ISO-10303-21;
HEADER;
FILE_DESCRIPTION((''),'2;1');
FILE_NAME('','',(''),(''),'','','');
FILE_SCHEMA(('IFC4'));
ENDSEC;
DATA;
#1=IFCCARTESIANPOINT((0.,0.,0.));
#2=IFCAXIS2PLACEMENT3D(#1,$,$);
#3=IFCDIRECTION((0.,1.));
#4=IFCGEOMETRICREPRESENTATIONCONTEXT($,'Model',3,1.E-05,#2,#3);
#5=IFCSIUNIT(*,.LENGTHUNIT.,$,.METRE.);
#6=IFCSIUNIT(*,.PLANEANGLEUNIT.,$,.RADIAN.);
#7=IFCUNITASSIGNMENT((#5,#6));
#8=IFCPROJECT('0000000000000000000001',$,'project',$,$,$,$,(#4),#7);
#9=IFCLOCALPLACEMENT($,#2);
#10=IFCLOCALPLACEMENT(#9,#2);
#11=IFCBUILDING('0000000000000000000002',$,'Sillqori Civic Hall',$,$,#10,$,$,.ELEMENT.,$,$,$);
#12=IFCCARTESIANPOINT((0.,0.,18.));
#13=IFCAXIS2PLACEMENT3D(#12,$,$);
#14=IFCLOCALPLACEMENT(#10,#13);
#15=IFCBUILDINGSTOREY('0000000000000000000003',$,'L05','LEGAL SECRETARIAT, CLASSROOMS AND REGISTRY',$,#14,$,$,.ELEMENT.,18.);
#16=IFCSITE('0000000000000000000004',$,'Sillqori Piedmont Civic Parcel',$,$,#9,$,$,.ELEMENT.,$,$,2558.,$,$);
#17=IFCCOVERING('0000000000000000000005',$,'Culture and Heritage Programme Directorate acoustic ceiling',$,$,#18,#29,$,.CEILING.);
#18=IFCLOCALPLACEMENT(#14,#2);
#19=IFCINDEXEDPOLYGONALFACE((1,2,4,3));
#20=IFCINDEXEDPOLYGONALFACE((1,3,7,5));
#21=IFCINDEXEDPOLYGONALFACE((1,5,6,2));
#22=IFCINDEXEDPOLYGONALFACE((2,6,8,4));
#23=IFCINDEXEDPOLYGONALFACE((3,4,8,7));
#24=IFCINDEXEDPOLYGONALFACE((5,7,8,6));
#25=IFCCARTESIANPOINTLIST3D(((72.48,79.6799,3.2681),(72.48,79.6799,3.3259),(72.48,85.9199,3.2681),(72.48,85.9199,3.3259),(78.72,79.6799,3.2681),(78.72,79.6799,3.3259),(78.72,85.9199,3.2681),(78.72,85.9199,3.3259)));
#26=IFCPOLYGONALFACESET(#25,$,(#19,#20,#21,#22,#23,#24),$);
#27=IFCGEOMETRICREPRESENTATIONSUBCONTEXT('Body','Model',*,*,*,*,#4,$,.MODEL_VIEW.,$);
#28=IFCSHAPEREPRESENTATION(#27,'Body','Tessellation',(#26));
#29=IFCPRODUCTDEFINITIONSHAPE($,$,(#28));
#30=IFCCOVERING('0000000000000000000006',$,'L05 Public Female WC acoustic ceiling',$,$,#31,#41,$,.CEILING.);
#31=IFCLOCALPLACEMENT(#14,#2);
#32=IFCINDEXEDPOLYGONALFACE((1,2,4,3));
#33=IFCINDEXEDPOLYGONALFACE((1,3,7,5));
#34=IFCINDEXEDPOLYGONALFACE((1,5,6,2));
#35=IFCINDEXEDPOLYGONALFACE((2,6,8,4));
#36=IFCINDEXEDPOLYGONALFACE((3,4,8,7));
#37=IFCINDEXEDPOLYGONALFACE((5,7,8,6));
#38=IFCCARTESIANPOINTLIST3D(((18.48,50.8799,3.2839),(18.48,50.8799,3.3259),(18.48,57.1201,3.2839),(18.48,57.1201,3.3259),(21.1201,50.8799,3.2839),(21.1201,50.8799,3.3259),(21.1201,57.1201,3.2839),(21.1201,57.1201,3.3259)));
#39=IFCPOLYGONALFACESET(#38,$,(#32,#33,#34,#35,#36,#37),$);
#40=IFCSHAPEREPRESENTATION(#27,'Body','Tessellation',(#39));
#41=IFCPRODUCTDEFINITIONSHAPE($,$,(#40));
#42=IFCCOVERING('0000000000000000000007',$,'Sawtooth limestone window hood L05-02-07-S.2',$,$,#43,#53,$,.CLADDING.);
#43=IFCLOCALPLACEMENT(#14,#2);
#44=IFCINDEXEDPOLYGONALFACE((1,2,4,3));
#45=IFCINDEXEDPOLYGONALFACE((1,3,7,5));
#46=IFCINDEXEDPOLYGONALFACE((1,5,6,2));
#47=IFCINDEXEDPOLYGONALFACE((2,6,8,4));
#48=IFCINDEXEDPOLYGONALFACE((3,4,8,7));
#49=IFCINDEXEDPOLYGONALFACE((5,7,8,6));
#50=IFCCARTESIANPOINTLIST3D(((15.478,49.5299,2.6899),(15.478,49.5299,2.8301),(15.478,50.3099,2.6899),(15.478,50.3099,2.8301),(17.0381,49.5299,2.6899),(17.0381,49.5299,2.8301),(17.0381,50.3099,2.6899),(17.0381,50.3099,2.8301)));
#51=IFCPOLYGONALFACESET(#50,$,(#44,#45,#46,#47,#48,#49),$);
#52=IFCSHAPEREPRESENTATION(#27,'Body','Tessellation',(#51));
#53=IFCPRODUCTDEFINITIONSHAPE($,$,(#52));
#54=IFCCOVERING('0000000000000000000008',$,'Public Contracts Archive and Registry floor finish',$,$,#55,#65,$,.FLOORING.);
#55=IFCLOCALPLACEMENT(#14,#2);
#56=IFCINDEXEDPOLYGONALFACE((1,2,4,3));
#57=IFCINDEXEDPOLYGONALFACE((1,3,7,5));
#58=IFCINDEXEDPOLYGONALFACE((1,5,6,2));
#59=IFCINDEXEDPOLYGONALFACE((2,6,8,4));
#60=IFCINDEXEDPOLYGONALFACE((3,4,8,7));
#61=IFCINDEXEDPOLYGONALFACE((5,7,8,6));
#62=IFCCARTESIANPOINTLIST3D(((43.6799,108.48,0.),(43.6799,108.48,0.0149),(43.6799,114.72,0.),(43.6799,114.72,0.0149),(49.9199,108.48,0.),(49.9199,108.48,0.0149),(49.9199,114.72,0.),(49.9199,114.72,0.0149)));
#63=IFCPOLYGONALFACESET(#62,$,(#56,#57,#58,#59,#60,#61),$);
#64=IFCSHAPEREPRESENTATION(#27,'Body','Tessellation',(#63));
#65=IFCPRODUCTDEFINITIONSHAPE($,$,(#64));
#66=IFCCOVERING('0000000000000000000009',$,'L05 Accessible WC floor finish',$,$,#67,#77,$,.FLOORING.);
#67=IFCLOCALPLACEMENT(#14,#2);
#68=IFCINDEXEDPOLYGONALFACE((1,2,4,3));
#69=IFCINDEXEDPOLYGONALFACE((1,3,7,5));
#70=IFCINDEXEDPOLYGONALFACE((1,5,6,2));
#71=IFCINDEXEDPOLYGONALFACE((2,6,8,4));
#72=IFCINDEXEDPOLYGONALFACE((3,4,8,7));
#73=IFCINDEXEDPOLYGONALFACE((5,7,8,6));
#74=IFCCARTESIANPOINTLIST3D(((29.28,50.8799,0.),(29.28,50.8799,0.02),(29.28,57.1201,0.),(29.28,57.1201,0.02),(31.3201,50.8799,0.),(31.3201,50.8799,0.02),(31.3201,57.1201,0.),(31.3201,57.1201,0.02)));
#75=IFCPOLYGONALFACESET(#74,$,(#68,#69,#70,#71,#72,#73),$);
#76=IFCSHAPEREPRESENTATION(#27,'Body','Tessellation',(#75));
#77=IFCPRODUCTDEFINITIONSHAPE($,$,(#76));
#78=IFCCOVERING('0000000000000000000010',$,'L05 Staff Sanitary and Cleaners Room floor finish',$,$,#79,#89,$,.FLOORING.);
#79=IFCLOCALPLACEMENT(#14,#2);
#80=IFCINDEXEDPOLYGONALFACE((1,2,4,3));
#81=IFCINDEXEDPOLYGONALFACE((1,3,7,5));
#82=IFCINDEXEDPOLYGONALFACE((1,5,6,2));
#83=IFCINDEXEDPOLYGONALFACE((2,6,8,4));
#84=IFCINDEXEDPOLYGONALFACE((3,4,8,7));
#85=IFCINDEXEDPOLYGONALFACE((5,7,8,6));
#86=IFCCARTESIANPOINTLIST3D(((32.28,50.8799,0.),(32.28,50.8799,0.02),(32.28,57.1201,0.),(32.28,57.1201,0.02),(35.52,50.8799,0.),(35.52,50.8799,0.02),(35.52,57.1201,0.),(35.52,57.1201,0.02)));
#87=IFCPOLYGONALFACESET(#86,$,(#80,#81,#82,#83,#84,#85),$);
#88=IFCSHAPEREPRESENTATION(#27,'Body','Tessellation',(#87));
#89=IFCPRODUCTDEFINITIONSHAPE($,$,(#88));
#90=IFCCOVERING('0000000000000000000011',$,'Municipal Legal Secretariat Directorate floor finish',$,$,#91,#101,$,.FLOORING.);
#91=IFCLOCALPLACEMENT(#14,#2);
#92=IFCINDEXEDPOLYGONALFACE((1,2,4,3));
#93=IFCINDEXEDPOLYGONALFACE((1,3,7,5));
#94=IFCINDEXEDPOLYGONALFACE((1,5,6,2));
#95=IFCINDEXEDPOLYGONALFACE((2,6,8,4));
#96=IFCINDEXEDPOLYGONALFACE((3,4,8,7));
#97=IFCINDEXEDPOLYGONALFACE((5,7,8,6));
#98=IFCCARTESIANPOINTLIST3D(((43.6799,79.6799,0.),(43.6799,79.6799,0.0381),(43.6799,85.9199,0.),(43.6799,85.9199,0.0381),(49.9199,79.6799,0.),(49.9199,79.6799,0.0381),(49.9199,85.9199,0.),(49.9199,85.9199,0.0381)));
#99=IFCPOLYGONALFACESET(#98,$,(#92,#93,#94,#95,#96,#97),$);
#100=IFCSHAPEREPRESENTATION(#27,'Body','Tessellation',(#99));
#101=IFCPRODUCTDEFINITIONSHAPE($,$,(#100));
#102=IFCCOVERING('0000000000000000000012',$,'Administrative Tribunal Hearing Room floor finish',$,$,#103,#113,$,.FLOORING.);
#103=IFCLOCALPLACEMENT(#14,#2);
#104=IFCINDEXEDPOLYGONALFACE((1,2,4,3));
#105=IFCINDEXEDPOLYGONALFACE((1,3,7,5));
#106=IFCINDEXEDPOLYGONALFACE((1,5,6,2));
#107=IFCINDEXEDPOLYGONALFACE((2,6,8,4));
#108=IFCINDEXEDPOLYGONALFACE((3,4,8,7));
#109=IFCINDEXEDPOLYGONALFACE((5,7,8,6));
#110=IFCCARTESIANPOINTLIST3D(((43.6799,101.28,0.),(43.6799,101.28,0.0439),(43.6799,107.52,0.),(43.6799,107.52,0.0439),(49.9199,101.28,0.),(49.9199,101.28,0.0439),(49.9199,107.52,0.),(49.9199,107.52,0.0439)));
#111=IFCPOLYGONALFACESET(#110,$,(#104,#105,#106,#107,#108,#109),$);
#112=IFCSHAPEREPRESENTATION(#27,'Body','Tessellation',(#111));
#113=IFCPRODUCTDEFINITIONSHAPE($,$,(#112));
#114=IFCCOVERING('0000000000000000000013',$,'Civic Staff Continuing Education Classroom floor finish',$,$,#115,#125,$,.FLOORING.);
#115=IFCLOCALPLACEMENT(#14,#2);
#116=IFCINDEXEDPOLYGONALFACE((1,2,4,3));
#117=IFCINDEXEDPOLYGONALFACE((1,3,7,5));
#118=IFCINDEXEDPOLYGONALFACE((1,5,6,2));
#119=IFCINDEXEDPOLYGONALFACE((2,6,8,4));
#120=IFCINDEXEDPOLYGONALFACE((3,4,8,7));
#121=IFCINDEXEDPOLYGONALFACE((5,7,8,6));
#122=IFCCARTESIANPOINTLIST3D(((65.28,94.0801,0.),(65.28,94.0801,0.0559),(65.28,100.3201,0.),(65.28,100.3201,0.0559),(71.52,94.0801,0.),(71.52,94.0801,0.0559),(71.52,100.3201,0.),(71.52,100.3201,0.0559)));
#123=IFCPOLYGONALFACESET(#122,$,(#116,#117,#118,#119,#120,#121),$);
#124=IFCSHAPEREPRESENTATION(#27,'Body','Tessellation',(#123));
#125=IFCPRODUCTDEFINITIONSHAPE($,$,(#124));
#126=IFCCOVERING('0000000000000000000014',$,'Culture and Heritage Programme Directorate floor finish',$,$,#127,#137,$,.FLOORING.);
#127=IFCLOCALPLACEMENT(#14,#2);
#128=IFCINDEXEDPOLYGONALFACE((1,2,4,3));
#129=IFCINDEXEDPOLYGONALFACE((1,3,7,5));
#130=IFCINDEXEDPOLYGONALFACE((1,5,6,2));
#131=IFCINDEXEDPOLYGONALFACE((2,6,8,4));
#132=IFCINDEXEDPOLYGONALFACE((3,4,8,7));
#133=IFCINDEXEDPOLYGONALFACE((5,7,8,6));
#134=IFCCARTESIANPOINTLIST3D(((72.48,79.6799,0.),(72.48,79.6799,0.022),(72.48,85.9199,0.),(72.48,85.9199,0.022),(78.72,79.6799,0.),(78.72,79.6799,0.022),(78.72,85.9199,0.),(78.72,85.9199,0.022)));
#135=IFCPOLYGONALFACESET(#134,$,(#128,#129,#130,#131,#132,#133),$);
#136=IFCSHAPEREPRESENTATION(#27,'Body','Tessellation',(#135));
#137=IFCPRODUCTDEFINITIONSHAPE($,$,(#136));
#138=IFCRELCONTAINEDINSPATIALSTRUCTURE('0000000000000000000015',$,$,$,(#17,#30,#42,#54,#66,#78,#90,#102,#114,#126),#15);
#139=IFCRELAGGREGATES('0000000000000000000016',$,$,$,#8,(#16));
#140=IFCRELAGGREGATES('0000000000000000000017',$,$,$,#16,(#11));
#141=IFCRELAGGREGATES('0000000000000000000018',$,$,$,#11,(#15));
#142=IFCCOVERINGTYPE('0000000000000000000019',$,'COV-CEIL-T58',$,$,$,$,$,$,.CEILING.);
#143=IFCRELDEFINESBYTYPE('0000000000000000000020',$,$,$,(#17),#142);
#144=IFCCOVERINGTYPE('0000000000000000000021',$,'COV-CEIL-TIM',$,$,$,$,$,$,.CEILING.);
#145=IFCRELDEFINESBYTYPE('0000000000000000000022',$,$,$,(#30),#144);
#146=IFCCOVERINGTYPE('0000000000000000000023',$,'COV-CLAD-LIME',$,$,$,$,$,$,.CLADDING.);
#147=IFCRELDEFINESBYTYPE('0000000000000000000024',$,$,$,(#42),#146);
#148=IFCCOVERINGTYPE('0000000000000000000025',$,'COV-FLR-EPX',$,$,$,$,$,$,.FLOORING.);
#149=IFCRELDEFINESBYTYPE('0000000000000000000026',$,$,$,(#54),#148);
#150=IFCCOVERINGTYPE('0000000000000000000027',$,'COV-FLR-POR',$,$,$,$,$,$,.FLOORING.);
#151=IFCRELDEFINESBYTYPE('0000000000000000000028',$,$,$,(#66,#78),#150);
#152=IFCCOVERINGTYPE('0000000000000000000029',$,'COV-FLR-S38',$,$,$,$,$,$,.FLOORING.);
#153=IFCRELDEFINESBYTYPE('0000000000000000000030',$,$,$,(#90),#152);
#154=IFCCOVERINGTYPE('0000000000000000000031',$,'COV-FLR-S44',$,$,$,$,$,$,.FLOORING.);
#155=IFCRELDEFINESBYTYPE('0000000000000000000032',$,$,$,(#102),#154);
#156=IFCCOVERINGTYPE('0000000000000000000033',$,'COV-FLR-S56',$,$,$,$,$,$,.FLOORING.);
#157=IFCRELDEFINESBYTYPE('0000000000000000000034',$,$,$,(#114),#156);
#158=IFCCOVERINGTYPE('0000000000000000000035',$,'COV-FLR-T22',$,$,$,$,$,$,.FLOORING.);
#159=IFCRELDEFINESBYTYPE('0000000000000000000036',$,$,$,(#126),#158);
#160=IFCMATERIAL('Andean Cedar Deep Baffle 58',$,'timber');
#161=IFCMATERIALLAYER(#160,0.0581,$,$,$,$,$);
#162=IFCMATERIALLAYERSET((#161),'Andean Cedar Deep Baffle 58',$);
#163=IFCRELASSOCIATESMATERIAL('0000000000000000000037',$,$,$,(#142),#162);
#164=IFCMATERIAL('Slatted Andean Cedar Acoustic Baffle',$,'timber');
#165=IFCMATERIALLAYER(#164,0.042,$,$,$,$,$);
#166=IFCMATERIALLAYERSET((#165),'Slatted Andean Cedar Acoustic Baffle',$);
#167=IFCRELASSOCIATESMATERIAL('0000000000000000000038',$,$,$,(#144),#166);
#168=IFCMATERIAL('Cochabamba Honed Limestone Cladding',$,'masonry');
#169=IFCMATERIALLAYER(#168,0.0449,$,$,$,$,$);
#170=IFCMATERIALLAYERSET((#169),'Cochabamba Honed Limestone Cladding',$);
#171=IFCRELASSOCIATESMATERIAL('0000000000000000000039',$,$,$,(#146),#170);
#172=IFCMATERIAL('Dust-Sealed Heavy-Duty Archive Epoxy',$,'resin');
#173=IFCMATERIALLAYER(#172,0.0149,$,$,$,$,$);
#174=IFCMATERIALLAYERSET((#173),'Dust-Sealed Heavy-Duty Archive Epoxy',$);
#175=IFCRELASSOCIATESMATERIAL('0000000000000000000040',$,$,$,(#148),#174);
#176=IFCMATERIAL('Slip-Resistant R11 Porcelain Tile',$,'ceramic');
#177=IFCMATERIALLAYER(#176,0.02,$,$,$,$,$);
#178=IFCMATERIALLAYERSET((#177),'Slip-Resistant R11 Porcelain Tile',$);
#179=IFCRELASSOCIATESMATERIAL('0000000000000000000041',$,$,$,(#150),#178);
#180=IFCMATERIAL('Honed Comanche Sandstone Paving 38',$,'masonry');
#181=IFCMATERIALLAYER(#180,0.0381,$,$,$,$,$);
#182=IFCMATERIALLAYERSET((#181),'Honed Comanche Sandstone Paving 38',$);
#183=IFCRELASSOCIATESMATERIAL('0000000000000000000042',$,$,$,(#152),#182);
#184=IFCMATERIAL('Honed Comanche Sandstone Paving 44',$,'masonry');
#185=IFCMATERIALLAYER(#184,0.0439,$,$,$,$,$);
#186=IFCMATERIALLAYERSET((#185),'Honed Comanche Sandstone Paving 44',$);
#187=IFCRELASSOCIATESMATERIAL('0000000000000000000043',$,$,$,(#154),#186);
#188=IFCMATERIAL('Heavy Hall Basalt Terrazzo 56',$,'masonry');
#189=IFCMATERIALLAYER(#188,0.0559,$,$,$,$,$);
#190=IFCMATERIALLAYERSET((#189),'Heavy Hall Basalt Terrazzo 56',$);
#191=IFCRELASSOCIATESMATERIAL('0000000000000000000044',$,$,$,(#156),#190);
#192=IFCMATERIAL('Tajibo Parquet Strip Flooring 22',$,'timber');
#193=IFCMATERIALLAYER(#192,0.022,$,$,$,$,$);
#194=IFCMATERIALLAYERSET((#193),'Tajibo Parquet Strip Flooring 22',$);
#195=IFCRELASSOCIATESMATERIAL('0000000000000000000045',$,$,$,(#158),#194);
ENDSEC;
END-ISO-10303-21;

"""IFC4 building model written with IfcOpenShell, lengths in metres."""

from ifc_helpers import new_model, si_unit, direction, frame, frame_2d, origin, place, context, subcontext, project, spatial, polyline, rectangle, outline, extrude, material, layer, layer_set, type_object, element, save


model = new_model("IFC4")

# Units and contexts
model_context = context("Model", 3, precision=1e-05, world=origin(), true_north=direction((0.0, 1.0)))
body_context = subcontext(model_context, "Body", "Model", "MODEL_VIEW")
ifc_project = project(units=[si_unit("LENGTHUNIT", "METRE"), si_unit("PLANEANGLEUNIT", "RADIAN")], contexts=[model_context])

# Site, building, storey
site_placement = place(None, origin())
site = spatial("IfcSite", under=ifc_project, at=site_placement, Name="Sillqori Piedmont Civic Parcel", CompositionType="ELEMENT", RefElevation=2558.0)
building_placement = place(site_placement, origin())
building = spatial("IfcBuilding", under=site, at=building_placement, Name="Sillqori Civic Hall", CompositionType="ELEMENT")
storey_placement = place(building_placement, frame((0.0, 0.0, 18.0)))
storey = spatial("IfcBuildingStorey", under=building, at=storey_placement, Name="L05", Description="LEGAL SECRETARIAT, CLASSROOMS AND REGISTRY", CompositionType="ELEMENT", Elevation=18.0)

# Coverings
ifc_material_1 = material(Name="Andean Cedar Deep Baffle 58", Category="timber")
ifc_layer_1 = layer(ifc_material_1, 0.0581)
ifc_layer_set_1 = layer_set([ifc_layer_1], Name="Andean Cedar Deep Baffle 58")
covering_type_1 = type_object("IfcCoveringType", Name="COV-CEIL-T58", PredefinedType="CEILING", material=ifc_layer_set_1)
covering_1_placement = place(storey_placement, frame((0.0, 0.0, 3.2681)))
element("IfcCovering", 1, at=covering_1_placement, inside=storey, type_object=covering_type_1, Name="Culture and Heritage Programme Directorate acoustic ceiling", PredefinedType="CEILING", context=body_context, shape_type="SweptSolid", body=[
    extrude(outline(polyline([(72.48, 79.6799), (78.72, 79.6799), (78.72, 85.9199), (72.48, 85.9199), (72.48, 79.6799)])), origin(), (0.0, 0.0, 1.0), 0.0579),
])
ifc_material_2 = material(Name="Slatted Andean Cedar Acoustic Baffle", Category="timber")
ifc_layer_2 = layer(ifc_material_2, 0.042)
ifc_layer_set_2 = layer_set([ifc_layer_2], Name="Slatted Andean Cedar Acoustic Baffle")
covering_type_2 = type_object("IfcCoveringType", Name="COV-CEIL-TIM", PredefinedType="CEILING", material=ifc_layer_set_2)
covering_2_placement = place(storey_placement, frame((0.0, 0.0, 3.2839)))
element("IfcCovering", 2, at=covering_2_placement, inside=storey, type_object=covering_type_2, Name="L05 Public Female WC acoustic ceiling", PredefinedType="CEILING", context=body_context, shape_type="SweptSolid", body=[
    extrude(outline(polyline([(18.48, 50.8799), (21.1201, 50.8799), (21.1201, 57.1201), (18.48, 57.1201), (18.48, 50.8799)])), origin(), (0.0, 0.0, 1.0), 0.042),
])
ifc_material_3 = material(Name="Cochabamba Honed Limestone Cladding", Category="masonry")
ifc_layer_3 = layer(ifc_material_3, 0.0449)
ifc_layer_set_3 = layer_set([ifc_layer_3], Name="Cochabamba Honed Limestone Cladding")
covering_type_3 = type_object("IfcCoveringType", Name="COV-CLAD-LIME", PredefinedType="CLADDING", material=ifc_layer_set_3)
covering_3_placement = place(storey_placement, frame((17.0381, 49.9199, 2.6899), z_axis=(0.0, 0.0, 1.0), x_axis=(-1.0, 0.0, 0.0)))
element("IfcCovering", 3, at=covering_3_placement, inside=storey, type_object=covering_type_3, Name="Sawtooth limestone window hood L05-02-07-S.2", PredefinedType="CLADDING", context=body_context, shape_type="SweptSolid", body=[
    extrude(rectangle(XDim=1.5601, YDim=0.78, at=frame_2d((0.78, 0.0))), origin(), (0.0, 0.0, 1.0), 0.1401),
])
ifc_material_4 = material(Name="Dust-Sealed Heavy-Duty Archive Epoxy", Category="resin")
ifc_layer_4 = layer(ifc_material_4, 0.0149)
ifc_layer_set_4 = layer_set([ifc_layer_4], Name="Dust-Sealed Heavy-Duty Archive Epoxy")
covering_type_4 = type_object("IfcCoveringType", Name="COV-FLR-EPX", PredefinedType="FLOORING", material=ifc_layer_set_4)
covering_4_placement = place(storey_placement, origin())
element("IfcCovering", 4, at=covering_4_placement, inside=storey, type_object=covering_type_4, Name="Public Contracts Archive and Registry floor finish", PredefinedType="FLOORING", context=body_context, shape_type="SweptSolid", body=[
    extrude(outline(polyline([(43.6799, 108.48), (49.9199, 108.48), (49.9199, 114.72), (43.6799, 114.72), (43.6799, 108.48)])), origin(), (0.0, 0.0, 1.0), 0.0149),
])
ifc_material_5 = material(Name="Slip-Resistant R11 Porcelain Tile", Category="ceramic")
ifc_layer_5 = layer(ifc_material_5, 0.02)
ifc_layer_set_5 = layer_set([ifc_layer_5], Name="Slip-Resistant R11 Porcelain Tile")
covering_type_5 = type_object("IfcCoveringType", Name="COV-FLR-POR", PredefinedType="FLOORING", material=ifc_layer_set_5)
covering_5_placement = place(storey_placement, origin())
element("IfcCovering", 5, at=covering_5_placement, inside=storey, type_object=covering_type_5, Name="L05 Accessible WC floor finish", PredefinedType="FLOORING", context=body_context, shape_type="SweptSolid", body=[
    extrude(outline(polyline([(29.28, 50.8799), (31.3201, 50.8799), (31.3201, 57.1201), (29.28, 57.1201), (29.28, 50.8799)])), origin(), (0.0, 0.0, 1.0), 0.02),
])
covering_6_placement = place(storey_placement, origin())
element("IfcCovering", 6, at=covering_6_placement, inside=storey, type_object=covering_type_5, Name="L05 Staff Sanitary and Cleaners Room floor finish", PredefinedType="FLOORING", context=body_context, shape_type="SweptSolid", body=[
    extrude(outline(polyline([(32.28, 50.8799), (35.52, 50.8799), (35.52, 57.1201), (32.28, 57.1201), (32.28, 50.8799)])), origin(), (0.0, 0.0, 1.0), 0.02),
])
ifc_material_6 = material(Name="Honed Comanche Sandstone Paving 38", Category="masonry")
ifc_layer_6 = layer(ifc_material_6, 0.0381)
ifc_layer_set_6 = layer_set([ifc_layer_6], Name="Honed Comanche Sandstone Paving 38")
covering_type_6 = type_object("IfcCoveringType", Name="COV-FLR-S38", PredefinedType="FLOORING", material=ifc_layer_set_6)
covering_7_placement = place(storey_placement, origin())
element("IfcCovering", 7, at=covering_7_placement, inside=storey, type_object=covering_type_6, Name="Municipal Legal Secretariat Directorate floor finish", PredefinedType="FLOORING", context=body_context, shape_type="SweptSolid", body=[
    extrude(outline(polyline([(43.6799, 79.6799), (49.9199, 79.6799), (49.9199, 85.9199), (43.6799, 85.9199), (43.6799, 79.6799)])), origin(), (0.0, 0.0, 1.0), 0.0381),
])
ifc_material_7 = material(Name="Honed Comanche Sandstone Paving 44", Category="masonry")
ifc_layer_7 = layer(ifc_material_7, 0.0439)
ifc_layer_set_7 = layer_set([ifc_layer_7], Name="Honed Comanche Sandstone Paving 44")
covering_type_7 = type_object("IfcCoveringType", Name="COV-FLR-S44", PredefinedType="FLOORING", material=ifc_layer_set_7)
covering_8_placement = place(storey_placement, origin())
element("IfcCovering", 8, at=covering_8_placement, inside=storey, type_object=covering_type_7, Name="Administrative Tribunal Hearing Room floor finish", PredefinedType="FLOORING", context=body_context, shape_type="SweptSolid", body=[
    extrude(outline(polyline([(43.6799, 101.28), (49.9199, 101.28), (49.9199, 107.52), (43.6799, 107.52), (43.6799, 101.28)])), origin(), (0.0, 0.0, 1.0), 0.0439),
])
ifc_material_8 = material(Name="Heavy Hall Basalt Terrazzo 56", Category="masonry")
ifc_layer_8 = layer(ifc_material_8, 0.0559)
ifc_layer_set_8 = layer_set([ifc_layer_8], Name="Heavy Hall Basalt Terrazzo 56")
covering_type_8 = type_object("IfcCoveringType", Name="COV-FLR-S56", PredefinedType="FLOORING", material=ifc_layer_set_8)
covering_9_placement = place(storey_placement, origin())
element("IfcCovering", 9, at=covering_9_placement, inside=storey, type_object=covering_type_8, Name="Civic Staff Continuing Education Classroom floor finish", PredefinedType="FLOORING", context=body_context, shape_type="SweptSolid", body=[
    extrude(outline(polyline([(65.28, 94.0801), (71.52, 94.0801), (71.52, 100.3201), (65.28, 100.3201), (65.28, 94.0801)])), origin(), (0.0, 0.0, 1.0), 0.0559),
])
ifc_material_9 = material(Name="Tajibo Parquet Strip Flooring 22", Category="timber")
ifc_layer_9 = layer(ifc_material_9, 0.022)
ifc_layer_set_9 = layer_set([ifc_layer_9], Name="Tajibo Parquet Strip Flooring 22")
covering_type_9 = type_object("IfcCoveringType", Name="COV-FLR-T22", PredefinedType="FLOORING", material=ifc_layer_set_9)
covering_10_placement = place(storey_placement, origin())
element("IfcCovering", 10, at=covering_10_placement, inside=storey, type_object=covering_type_9, Name="Culture and Heritage Programme Directorate floor finish", PredefinedType="FLOORING", context=body_context, shape_type="SweptSolid", body=[
    extrude(outline(polyline([(72.48, 79.6799), (78.72, 79.6799), (78.72, 85.9199), (72.48, 85.9199), (72.48, 79.6799)])), origin(), (0.0, 0.0, 1.0), 0.022),
])

save(model, "model.ifc")
